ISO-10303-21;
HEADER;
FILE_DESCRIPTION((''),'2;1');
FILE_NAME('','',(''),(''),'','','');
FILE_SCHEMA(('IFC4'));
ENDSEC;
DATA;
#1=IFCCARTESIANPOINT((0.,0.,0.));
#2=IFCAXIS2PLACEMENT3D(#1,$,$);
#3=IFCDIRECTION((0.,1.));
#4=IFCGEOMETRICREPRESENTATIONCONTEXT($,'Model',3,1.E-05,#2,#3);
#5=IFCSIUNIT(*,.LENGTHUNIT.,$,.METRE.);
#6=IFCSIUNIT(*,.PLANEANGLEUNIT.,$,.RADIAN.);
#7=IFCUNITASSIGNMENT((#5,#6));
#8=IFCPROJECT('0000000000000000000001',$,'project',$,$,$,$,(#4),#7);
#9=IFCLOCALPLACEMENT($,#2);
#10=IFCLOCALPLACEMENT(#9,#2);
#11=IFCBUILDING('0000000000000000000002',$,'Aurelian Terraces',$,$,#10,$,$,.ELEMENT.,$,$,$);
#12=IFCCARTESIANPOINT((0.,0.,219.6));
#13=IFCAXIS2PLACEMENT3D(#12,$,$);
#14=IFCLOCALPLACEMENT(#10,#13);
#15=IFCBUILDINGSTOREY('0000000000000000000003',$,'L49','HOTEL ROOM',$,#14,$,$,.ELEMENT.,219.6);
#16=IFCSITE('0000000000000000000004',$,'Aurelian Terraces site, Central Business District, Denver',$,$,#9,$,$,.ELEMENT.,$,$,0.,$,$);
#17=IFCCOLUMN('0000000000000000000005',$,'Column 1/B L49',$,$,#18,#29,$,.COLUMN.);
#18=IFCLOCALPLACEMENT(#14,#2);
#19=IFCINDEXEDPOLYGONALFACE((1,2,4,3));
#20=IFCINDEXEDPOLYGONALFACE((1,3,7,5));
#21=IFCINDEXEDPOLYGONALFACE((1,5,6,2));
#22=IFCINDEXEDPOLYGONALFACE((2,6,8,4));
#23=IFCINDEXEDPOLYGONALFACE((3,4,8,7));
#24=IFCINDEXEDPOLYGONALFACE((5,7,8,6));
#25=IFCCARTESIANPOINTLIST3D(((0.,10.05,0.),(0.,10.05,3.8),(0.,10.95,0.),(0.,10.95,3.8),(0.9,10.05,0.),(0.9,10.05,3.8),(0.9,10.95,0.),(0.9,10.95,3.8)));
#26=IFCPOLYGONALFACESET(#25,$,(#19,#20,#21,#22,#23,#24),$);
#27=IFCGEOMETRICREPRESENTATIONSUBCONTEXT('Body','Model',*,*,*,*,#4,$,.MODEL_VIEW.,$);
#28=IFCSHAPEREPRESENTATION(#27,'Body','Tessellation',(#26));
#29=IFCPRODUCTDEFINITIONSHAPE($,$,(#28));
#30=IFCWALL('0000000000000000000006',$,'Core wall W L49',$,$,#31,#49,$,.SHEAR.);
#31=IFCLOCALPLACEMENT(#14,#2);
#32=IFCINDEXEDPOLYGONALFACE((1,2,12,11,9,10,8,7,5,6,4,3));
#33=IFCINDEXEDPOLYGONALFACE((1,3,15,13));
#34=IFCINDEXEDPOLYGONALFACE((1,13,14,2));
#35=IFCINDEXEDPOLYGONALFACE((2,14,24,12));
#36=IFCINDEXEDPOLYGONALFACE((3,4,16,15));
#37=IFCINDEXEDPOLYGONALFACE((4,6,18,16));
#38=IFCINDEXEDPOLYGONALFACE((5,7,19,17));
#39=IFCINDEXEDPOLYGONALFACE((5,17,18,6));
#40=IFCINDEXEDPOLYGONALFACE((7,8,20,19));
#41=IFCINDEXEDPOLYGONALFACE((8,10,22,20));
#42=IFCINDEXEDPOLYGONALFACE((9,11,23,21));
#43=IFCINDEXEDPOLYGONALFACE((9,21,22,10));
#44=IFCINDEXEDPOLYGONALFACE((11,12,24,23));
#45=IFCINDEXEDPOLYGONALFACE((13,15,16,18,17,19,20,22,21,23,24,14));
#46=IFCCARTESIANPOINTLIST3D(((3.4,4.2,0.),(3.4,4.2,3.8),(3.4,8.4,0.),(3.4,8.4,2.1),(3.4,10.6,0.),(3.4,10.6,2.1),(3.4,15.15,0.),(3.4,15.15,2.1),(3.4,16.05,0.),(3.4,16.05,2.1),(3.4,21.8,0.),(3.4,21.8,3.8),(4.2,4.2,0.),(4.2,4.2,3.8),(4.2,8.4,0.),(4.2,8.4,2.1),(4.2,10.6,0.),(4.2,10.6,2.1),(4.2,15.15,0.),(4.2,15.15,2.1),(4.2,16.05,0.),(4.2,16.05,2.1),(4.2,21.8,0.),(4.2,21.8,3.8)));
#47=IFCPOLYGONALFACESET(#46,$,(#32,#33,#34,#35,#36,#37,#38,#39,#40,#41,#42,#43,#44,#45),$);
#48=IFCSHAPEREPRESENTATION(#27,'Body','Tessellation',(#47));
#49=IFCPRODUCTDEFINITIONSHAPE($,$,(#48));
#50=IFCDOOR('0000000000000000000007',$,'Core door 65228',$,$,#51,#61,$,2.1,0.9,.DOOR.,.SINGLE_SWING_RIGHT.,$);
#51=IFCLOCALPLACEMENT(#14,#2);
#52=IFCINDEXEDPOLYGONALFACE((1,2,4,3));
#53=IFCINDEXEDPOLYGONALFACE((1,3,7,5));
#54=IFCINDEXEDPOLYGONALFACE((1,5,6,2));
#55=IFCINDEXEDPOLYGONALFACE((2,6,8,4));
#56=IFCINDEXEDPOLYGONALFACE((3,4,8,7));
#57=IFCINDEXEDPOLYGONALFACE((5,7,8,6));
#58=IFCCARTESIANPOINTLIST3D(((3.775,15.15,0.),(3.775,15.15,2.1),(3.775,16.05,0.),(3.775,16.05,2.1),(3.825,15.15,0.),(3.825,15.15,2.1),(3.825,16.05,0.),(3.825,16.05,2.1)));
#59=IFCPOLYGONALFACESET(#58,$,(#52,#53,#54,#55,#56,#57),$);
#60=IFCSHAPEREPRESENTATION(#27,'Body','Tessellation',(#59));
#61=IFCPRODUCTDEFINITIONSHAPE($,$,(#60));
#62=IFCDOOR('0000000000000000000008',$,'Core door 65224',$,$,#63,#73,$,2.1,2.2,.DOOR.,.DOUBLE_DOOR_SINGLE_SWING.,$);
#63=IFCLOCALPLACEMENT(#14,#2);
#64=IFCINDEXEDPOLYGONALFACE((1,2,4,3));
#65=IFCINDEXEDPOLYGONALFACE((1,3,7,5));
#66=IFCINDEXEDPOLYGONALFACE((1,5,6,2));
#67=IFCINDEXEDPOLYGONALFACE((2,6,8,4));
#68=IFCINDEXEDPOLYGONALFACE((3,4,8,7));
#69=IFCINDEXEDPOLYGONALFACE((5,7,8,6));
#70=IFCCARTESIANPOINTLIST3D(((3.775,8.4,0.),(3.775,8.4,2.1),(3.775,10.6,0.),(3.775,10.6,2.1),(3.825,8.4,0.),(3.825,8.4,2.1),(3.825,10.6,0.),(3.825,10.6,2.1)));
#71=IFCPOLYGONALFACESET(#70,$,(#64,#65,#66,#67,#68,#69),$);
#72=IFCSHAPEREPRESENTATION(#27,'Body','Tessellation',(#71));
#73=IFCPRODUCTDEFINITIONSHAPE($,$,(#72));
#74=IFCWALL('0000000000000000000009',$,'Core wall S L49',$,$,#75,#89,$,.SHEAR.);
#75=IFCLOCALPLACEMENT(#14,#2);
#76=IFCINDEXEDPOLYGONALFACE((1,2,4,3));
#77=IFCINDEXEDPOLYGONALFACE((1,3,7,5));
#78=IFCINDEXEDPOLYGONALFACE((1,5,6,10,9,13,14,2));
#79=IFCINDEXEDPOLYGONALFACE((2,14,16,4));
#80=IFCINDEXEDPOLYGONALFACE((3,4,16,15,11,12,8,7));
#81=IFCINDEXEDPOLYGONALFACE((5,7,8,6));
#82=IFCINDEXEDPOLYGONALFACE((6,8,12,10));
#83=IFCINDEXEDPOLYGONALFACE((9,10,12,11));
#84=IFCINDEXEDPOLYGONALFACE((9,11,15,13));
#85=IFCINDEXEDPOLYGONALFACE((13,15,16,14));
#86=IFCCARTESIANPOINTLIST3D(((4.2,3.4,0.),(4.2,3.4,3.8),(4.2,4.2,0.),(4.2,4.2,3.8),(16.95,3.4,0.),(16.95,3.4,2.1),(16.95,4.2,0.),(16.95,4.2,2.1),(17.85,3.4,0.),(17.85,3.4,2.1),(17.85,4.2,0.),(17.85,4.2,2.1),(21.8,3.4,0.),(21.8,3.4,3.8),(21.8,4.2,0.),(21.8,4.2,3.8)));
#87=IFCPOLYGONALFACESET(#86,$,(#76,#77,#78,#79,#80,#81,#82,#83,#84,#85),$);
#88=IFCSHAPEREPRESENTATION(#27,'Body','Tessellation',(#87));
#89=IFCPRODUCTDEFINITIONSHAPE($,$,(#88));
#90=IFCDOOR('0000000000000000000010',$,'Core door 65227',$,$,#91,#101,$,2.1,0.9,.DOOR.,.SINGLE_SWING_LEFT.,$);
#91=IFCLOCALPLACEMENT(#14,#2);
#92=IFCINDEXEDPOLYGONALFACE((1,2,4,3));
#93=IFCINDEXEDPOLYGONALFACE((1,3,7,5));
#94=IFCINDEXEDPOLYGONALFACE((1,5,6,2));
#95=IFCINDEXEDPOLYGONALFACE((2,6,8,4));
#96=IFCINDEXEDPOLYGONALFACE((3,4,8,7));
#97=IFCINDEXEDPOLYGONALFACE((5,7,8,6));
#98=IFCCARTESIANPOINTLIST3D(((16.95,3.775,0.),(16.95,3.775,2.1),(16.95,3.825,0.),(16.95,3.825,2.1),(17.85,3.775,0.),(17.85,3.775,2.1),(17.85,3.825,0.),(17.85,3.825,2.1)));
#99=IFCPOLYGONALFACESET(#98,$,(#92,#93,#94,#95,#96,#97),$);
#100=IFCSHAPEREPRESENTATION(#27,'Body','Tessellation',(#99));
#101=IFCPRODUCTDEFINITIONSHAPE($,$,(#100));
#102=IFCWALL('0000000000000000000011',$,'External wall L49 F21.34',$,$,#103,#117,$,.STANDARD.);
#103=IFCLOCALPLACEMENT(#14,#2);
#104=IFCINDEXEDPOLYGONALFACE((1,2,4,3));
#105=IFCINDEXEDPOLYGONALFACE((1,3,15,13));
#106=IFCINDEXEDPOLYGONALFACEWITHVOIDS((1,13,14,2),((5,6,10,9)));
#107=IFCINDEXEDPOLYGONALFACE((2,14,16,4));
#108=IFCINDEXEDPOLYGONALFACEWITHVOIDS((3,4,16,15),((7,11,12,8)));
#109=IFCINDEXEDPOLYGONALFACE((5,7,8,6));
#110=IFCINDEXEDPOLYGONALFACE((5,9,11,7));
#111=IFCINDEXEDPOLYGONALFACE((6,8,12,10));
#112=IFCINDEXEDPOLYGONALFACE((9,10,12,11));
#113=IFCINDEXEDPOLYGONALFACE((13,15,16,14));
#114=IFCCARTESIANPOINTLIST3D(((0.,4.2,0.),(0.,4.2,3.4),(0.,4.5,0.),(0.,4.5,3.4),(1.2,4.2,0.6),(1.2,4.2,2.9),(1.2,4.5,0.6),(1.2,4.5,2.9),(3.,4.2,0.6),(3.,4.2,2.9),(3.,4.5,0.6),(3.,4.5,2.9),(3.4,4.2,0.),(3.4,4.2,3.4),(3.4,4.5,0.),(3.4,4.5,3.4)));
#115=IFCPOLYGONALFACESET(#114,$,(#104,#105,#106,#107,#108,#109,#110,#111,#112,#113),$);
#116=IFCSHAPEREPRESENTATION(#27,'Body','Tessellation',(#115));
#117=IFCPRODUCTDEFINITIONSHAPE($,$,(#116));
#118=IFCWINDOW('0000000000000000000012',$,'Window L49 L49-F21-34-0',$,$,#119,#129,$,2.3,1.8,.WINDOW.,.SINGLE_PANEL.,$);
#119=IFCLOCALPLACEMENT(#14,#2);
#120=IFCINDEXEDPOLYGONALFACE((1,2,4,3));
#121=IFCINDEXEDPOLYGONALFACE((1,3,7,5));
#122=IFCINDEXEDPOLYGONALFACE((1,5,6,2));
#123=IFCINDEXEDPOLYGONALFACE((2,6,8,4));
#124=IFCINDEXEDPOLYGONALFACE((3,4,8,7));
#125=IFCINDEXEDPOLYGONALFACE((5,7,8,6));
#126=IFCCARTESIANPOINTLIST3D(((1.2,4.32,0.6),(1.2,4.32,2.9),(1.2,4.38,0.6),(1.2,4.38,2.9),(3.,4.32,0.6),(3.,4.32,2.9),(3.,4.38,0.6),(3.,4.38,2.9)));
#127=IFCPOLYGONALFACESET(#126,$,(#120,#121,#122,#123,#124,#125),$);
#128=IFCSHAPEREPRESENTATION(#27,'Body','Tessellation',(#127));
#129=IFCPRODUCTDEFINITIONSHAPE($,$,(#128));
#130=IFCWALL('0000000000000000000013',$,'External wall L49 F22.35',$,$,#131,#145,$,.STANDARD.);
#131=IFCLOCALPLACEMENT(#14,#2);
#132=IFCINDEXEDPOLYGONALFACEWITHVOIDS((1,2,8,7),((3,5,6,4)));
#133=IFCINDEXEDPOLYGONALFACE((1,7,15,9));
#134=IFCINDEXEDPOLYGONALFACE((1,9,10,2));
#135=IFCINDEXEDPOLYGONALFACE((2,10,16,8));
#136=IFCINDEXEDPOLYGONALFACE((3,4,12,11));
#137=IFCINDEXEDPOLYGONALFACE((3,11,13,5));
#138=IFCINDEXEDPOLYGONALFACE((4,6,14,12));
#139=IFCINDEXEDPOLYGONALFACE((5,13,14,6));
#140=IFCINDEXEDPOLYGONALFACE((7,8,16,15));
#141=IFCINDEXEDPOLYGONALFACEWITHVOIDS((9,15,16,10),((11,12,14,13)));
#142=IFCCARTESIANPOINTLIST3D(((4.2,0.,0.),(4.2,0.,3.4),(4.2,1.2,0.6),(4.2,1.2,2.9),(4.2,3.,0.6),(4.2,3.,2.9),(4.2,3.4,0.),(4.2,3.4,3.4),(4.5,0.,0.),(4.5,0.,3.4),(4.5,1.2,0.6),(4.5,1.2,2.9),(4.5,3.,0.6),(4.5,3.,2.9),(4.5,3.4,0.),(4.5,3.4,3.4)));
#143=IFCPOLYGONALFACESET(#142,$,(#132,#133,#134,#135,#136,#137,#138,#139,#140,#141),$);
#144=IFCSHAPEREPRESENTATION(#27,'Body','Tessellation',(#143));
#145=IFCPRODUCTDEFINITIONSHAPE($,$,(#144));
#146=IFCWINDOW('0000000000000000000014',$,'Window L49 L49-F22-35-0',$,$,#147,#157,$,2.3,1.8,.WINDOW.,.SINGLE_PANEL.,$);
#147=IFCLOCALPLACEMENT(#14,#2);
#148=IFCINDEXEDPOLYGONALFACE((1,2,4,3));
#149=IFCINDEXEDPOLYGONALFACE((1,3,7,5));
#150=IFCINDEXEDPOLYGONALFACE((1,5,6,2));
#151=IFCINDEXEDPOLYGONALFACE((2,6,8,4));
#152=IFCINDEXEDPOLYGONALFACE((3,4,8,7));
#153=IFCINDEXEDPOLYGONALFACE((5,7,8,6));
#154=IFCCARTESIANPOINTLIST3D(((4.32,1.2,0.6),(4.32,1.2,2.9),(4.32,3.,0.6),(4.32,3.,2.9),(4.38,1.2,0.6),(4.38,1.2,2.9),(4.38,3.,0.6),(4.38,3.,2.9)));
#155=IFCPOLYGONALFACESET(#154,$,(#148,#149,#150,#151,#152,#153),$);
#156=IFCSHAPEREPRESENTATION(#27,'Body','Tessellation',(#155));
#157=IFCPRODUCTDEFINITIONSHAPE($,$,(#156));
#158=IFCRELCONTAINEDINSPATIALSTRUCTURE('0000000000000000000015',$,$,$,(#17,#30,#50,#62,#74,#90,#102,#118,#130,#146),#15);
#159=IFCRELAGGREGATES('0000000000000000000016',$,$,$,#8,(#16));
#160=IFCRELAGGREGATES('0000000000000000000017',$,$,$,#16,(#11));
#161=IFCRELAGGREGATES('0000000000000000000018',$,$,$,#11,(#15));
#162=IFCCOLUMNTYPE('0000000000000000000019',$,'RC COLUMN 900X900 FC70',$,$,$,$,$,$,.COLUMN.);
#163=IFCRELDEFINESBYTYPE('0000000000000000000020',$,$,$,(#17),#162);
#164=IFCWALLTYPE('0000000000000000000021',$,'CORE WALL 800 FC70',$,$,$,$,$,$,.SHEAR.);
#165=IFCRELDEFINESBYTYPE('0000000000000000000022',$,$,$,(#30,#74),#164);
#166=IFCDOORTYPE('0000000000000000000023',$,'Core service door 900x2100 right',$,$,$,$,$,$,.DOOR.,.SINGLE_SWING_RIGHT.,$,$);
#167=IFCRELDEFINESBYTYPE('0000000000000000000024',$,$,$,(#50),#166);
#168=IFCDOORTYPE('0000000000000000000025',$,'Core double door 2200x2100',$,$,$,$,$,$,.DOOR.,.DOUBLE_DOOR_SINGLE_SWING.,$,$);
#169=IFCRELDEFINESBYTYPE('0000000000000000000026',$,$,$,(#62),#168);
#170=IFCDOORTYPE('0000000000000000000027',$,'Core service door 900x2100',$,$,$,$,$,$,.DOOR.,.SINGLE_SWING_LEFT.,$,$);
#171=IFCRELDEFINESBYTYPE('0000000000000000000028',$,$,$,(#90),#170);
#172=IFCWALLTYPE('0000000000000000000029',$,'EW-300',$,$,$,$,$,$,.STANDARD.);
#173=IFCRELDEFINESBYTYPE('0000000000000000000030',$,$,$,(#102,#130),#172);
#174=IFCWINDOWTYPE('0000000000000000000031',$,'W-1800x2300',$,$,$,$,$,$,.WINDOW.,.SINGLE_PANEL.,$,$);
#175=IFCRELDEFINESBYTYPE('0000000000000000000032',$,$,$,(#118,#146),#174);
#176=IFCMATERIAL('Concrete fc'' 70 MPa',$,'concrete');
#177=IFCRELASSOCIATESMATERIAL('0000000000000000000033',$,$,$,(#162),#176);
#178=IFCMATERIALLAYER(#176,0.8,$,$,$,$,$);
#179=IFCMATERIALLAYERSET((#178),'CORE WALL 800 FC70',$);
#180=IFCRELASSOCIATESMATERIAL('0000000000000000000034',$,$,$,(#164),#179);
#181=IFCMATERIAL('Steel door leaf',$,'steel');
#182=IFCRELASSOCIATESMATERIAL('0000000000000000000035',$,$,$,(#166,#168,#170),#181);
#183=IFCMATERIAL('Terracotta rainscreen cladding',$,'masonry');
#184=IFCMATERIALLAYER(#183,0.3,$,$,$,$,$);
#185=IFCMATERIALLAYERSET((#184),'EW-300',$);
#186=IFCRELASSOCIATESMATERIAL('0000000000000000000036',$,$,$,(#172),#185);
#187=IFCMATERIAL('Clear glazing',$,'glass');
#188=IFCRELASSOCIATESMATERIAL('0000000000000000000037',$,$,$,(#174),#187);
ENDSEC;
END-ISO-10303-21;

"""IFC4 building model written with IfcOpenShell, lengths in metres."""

from ifc_helpers import new_model, si_unit, direction, frame, frame_2d, origin, origin_2d, place, context, subcontext, project, spatial, rectangle, extrude, source, transform, mapped, material, layer, layer_set, material_profile, profile_set, type_object, element, fill, save


model = new_model("IFC4")

# Units and contexts
model_context = context("Model", 3, precision=1e-05, world=origin(), true_north=direction((0.0, 1.0)))
body_context = subcontext(model_context, "Body", "Model", "MODEL_VIEW")
ifc_project = project(units=[si_unit("LENGTHUNIT", "METRE"), si_unit("PLANEANGLEUNIT", "RADIAN")], contexts=[model_context])

# Site, building, storey
site_placement = place(None, origin())
site = spatial("IfcSite", under=ifc_project, at=site_placement, Name="Aurelian Terraces site, Central Business District, Denver", CompositionType="ELEMENT", RefElevation=0.0)
building_placement = place(site_placement, origin())
building = spatial("IfcBuilding", under=site, at=building_placement, Name="Aurelian Terraces", CompositionType="ELEMENT")
storey_placement = place(building_placement, frame((0.0, 0.0, 219.6)))
storey = spatial("IfcBuildingStorey", under=building, at=storey_placement, Name="L49", Description="HOTEL ROOM", CompositionType="ELEMENT", Elevation=219.6)

# Column
ifc_material_1 = material(Name="Concrete fc' 70 MPa", Category="concrete")
ifc_material_profile = material_profile(ifc_material_1, rectangle(XDim=0.9, YDim=0.9, at=origin_2d()))
ifc_profile_set = profile_set([ifc_material_profile], Name="Concrete fc' 70 MPa")
column_type = type_object("IfcColumnType", Name="RC COLUMN 900X900 FC70", PredefinedType="COLUMN", material=ifc_profile_set)
shared_shape_1 = source(origin(), body_context, "Body", "SweptSolid", [
    extrude(rectangle(XDim=0.9, YDim=0.9, at=origin_2d()), origin(), (0.0, 0.0, 1.0), 3.8),
])
column_placement = place(storey_placement, frame((0.45, 10.5, 0.0), z_axis=(0.0, 0.0, 1.0), x_axis=(1.0, 0.0, 0.0)))
element("IfcColumn", 1, at=column_placement, inside=storey, type_object=column_type, Name="Column 1/B L49", PredefinedType="COLUMN", context=body_context, shape_type="MappedRepresentation", body=[
    mapped(shared_shape_1, transform((0.0, 0.0, 0.0), scale=1.0)),
])

# Wall, openings, doors
ifc_layer_1 = layer(ifc_material_1, 0.8)
ifc_layer_set_1 = layer_set([ifc_layer_1], Name="CORE WALL 800 FC70")
wall_type_1 = type_object("IfcWallType", Name="CORE WALL 800 FC70", PredefinedType="SHEAR", material=ifc_layer_set_1)
shared_shape_2 = source(origin(), body_context, "Body", "SweptSolid", [
    extrude(rectangle(XDim=17.6, YDim=0.8, at=frame_2d((8.8, 0.0))), origin(), (0.0, 0.0, 1.0), 3.8),
])
wall_1_placement = place(storey_placement, frame((3.8, 4.2, 0.0), z_axis=(0.0, 0.0, 1.0), x_axis=(0.0, 1.0, 0.0)))
wall_1 = element("IfcWall", 2, at=wall_1_placement, inside=storey, type_object=wall_type_1, Name="Core wall W L49", PredefinedType="SHEAR", context=body_context, shape_type="MappedRepresentation", body=[
    mapped(shared_shape_2, transform((0.0, 0.0, 0.0), scale=1.0)),
])
shared_shape_3 = source(origin(), body_context, "Body", "SweptSolid", [
    extrude(rectangle(XDim=2.2, YDim=2.1, at=frame_2d((1.1, 1.05))), frame((0.0, 0.41, 0.0), z_axis=(0.0, -1.0, 0.0), x_axis=(1.0, 0.0, 0.0)), (0.0, 0.0, 1.0), 0.82),
])
opening_1_placement = place(wall_1_placement, frame((4.2, 0.0, 0.0)))
opening_1 = element("IfcOpeningElement", 3, at=opening_1_placement, cuts=wall_1, PredefinedType="OPENING", context=body_context, shape_type="MappedRepresentation", body=[
    mapped(shared_shape_3, transform((0.0, 0.0, 0.0), scale=1.0)),
])
shared_shape_4 = source(origin(), body_context, "Body", "SweptSolid", [
    extrude(rectangle(XDim=0.9, YDim=2.1, at=frame_2d((0.45, 1.05))), frame((0.0, 0.41, 0.0), z_axis=(0.0, -1.0, 0.0), x_axis=(1.0, 0.0, 0.0)), (0.0, 0.0, 1.0), 0.82),
])
opening_2_placement = place(wall_1_placement, frame((10.95, 0.0, 0.0)))
opening_2 = element("IfcOpeningElement", 4, at=opening_2_placement, cuts=wall_1, PredefinedType="OPENING", context=body_context, shape_type="MappedRepresentation", body=[
    mapped(shared_shape_4, transform((0.0, 0.0, 0.0), scale=1.0)),
])
ifc_material_2 = material(Name="Steel door leaf", Category="steel")
door_type_1 = type_object("IfcDoorType", Name="Core service door 900x2100 right", OperationType="SINGLE_SWING_RIGHT", PredefinedType="DOOR", material=ifc_material_2)
shared_shape_5 = source(origin(), body_context, "Body", "SweptSolid", [
    extrude(rectangle(XDim=0.9, YDim=2.1, at=frame_2d((0.45, 1.05))), frame((0.0, 0.025, 0.0), z_axis=(0.0, -1.0, 0.0), x_axis=(1.0, 0.0, 0.0)), (0.0, 0.0, 1.0), 0.05),
])
door_1_placement = place(opening_2_placement, origin())
door_1 = element("IfcDoor", 5, at=door_1_placement, inside=storey, type_object=door_type_1, Name="Core door 65228", OperationType="SINGLE_SWING_RIGHT", OverallHeight=2.1, OverallWidth=0.9, PredefinedType="DOOR", context=body_context, shape_type="MappedRepresentation", body=[
    mapped(shared_shape_5, transform((0.0, 0.0, 0.0), scale=1.0)),
])
fill(opening_2, door_1)
door_type_2 = type_object("IfcDoorType", Name="Core double door 2200x2100", OperationType="DOUBLE_DOOR_SINGLE_SWING", PredefinedType="DOOR", material=ifc_material_2)
shared_shape_6 = source(origin(), body_context, "Body", "SweptSolid", [
    extrude(rectangle(XDim=2.2, YDim=2.1, at=frame_2d((1.1, 1.05))), frame((0.0, 0.025, 0.0), z_axis=(0.0, -1.0, 0.0), x_axis=(1.0, 0.0, 0.0)), (0.0, 0.0, 1.0), 0.05),
])
door_2_placement = place(opening_1_placement, origin())
door_2 = element("IfcDoor", 6, at=door_2_placement, inside=storey, type_object=door_type_2, Name="Core door 65224", OperationType="DOUBLE_DOOR_SINGLE_SWING", OverallHeight=2.1, OverallWidth=2.2, PredefinedType="DOOR", context=body_context, shape_type="MappedRepresentation", body=[
    mapped(shared_shape_6, transform((0.0, 0.0, 0.0), scale=1.0)),
])
fill(opening_1, door_2)

# Wall, opening, door
wall_2_placement = place(storey_placement, frame((4.2, 3.8, 0.0), z_axis=(0.0, 0.0, 1.0), x_axis=(1.0, 0.0, 0.0)))
wall_2 = element("IfcWall", 7, at=wall_2_placement, inside=storey, type_object=wall_type_1, Name="Core wall S L49", PredefinedType="SHEAR", context=body_context, shape_type="MappedRepresentation", body=[
    mapped(shared_shape_2, transform((0.0, 0.0, 0.0), scale=1.0)),
])
opening_3_placement = place(wall_2_placement, frame((12.75, 0.0, 0.0)))
opening_3 = element("IfcOpeningElement", 8, at=opening_3_placement, cuts=wall_2, PredefinedType="OPENING", context=body_context, shape_type="MappedRepresentation", body=[
    mapped(shared_shape_4, transform((0.0, 0.0, 0.0), scale=1.0)),
])
door_type_3 = type_object("IfcDoorType", Name="Core service door 900x2100", OperationType="SINGLE_SWING_LEFT", PredefinedType="DOOR", material=ifc_material_2)
door_3_placement = place(opening_3_placement, origin())
door_3 = element("IfcDoor", 9, at=door_3_placement, inside=storey, type_object=door_type_3, Name="Core door 65227", OperationType="SINGLE_SWING_LEFT", OverallHeight=2.1, OverallWidth=0.9, PredefinedType="DOOR", context=body_context, shape_type="MappedRepresentation", body=[
    mapped(shared_shape_5, transform((0.0, 0.0, 0.0), scale=1.0)),
])
fill(opening_3, door_3)

# Walls, openings, windows
ifc_material_3 = material(Name="Terracotta rainscreen cladding", Category="masonry")
ifc_layer_2 = layer(ifc_material_3, 0.3)
ifc_layer_set_2 = layer_set([ifc_layer_2], Name="EW-300")
wall_type_2 = type_object("IfcWallType", Name="EW-300", PredefinedType="STANDARD", material=ifc_layer_set_2)
shared_shape_7 = source(origin(), body_context, "Body", "SweptSolid", [
    extrude(rectangle(XDim=3.4, YDim=0.3, at=frame_2d((1.7, 0.0))), origin(), (0.0, 0.0, 1.0), 3.4),
])
wall_3_placement = place(storey_placement, frame((0.0, 4.35, 0.0), z_axis=(0.0, 0.0, 1.0), x_axis=(1.0, 0.0, 0.0)))
wall_3 = element("IfcWall", 10, at=wall_3_placement, inside=storey, type_object=wall_type_2, Name="External wall L49 F21.34", PredefinedType="STANDARD", context=body_context, shape_type="MappedRepresentation", body=[
    mapped(shared_shape_7, transform((0.0, 0.0, 0.0), scale=1.0)),
])
shared_shape_8 = source(origin(), body_context, "Body", "SweptSolid", [
    extrude(rectangle(XDim=1.8, YDim=2.3, at=frame_2d((0.9, 1.15))), frame((0.0, 0.16, 0.0), z_axis=(0.0, -1.0, 0.0), x_axis=(1.0, 0.0, 0.0)), (0.0, 0.0, 1.0), 0.32),
])
opening_4_placement = place(wall_3_placement, frame((1.2, 0.0, 0.6)))
opening_4 = element("IfcOpeningElement", 11, at=opening_4_placement, cuts=wall_3, PredefinedType="OPENING", context=body_context, shape_type="MappedRepresentation", body=[
    mapped(shared_shape_8, transform((0.0, 0.0, 0.0), scale=1.0)),
])
ifc_material_4 = material(Name="Clear glazing", Category="glass")
window_type_1 = type_object("IfcWindowType", Name="W-1800x2300", PartitioningType="SINGLE_PANEL", PredefinedType="WINDOW", material=ifc_material_4)
shared_shape_9 = source(origin(), body_context, "Body", "SweptSolid", [
    extrude(rectangle(XDim=1.8, YDim=2.3, at=frame_2d((0.9, 1.15))), frame((0.0, 0.03, 0.0), z_axis=(0.0, -1.0, 0.0), x_axis=(1.0, 0.0, 0.0)), (0.0, 0.0, 1.0), 0.06),
])
window_1_placement = place(opening_4_placement, origin())
window_1 = element("IfcWindow", 12, at=window_1_placement, inside=storey, type_object=window_type_1, Name="Window L49 L49-F21-34-0", OverallHeight=2.3, OverallWidth=1.8, PartitioningType="SINGLE_PANEL", PredefinedType="WINDOW", context=body_context, shape_type="MappedRepresentation", body=[
    mapped(shared_shape_9, transform((0.0, 0.0, 0.0), scale=1.0)),
])
fill(opening_4, window_1)
wall_4_placement = place(storey_placement, frame((4.35, 3.4, 0.0), z_axis=(0.0, 0.0, 1.0), x_axis=(0.0, -1.0, 0.0)))
wall_4 = element("IfcWall", 13, at=wall_4_placement, inside=storey, type_object=wall_type_2, Name="External wall L49 F22.35", PredefinedType="STANDARD", context=body_context, shape_type="MappedRepresentation", body=[
    mapped(shared_shape_7, transform((0.0, 0.0, 0.0), scale=1.0)),
])
opening_5_placement = place(wall_4_placement, frame((0.4, 0.0, 0.6)))
opening_5 = element("IfcOpeningElement", 14, at=opening_5_placement, cuts=wall_4, PredefinedType="OPENING", context=body_context, shape_type="MappedRepresentation", body=[
    mapped(shared_shape_8, transform((0.0, 0.0, 0.0), scale=1.0)),
])
window_2_placement = place(opening_5_placement, origin())
window_2 = element("IfcWindow", 15, at=window_2_placement, inside=storey, type_object=window_type_1, Name="Window L49 L49-F22-35-0", OverallHeight=2.3, OverallWidth=1.8, PartitioningType="SINGLE_PANEL", PredefinedType="WINDOW", context=body_context, shape_type="MappedRepresentation", body=[
    mapped(shared_shape_9, transform((0.0, 0.0, 0.0), scale=1.0)),
])
fill(opening_5, window_2)

save(model, "model.ifc")
